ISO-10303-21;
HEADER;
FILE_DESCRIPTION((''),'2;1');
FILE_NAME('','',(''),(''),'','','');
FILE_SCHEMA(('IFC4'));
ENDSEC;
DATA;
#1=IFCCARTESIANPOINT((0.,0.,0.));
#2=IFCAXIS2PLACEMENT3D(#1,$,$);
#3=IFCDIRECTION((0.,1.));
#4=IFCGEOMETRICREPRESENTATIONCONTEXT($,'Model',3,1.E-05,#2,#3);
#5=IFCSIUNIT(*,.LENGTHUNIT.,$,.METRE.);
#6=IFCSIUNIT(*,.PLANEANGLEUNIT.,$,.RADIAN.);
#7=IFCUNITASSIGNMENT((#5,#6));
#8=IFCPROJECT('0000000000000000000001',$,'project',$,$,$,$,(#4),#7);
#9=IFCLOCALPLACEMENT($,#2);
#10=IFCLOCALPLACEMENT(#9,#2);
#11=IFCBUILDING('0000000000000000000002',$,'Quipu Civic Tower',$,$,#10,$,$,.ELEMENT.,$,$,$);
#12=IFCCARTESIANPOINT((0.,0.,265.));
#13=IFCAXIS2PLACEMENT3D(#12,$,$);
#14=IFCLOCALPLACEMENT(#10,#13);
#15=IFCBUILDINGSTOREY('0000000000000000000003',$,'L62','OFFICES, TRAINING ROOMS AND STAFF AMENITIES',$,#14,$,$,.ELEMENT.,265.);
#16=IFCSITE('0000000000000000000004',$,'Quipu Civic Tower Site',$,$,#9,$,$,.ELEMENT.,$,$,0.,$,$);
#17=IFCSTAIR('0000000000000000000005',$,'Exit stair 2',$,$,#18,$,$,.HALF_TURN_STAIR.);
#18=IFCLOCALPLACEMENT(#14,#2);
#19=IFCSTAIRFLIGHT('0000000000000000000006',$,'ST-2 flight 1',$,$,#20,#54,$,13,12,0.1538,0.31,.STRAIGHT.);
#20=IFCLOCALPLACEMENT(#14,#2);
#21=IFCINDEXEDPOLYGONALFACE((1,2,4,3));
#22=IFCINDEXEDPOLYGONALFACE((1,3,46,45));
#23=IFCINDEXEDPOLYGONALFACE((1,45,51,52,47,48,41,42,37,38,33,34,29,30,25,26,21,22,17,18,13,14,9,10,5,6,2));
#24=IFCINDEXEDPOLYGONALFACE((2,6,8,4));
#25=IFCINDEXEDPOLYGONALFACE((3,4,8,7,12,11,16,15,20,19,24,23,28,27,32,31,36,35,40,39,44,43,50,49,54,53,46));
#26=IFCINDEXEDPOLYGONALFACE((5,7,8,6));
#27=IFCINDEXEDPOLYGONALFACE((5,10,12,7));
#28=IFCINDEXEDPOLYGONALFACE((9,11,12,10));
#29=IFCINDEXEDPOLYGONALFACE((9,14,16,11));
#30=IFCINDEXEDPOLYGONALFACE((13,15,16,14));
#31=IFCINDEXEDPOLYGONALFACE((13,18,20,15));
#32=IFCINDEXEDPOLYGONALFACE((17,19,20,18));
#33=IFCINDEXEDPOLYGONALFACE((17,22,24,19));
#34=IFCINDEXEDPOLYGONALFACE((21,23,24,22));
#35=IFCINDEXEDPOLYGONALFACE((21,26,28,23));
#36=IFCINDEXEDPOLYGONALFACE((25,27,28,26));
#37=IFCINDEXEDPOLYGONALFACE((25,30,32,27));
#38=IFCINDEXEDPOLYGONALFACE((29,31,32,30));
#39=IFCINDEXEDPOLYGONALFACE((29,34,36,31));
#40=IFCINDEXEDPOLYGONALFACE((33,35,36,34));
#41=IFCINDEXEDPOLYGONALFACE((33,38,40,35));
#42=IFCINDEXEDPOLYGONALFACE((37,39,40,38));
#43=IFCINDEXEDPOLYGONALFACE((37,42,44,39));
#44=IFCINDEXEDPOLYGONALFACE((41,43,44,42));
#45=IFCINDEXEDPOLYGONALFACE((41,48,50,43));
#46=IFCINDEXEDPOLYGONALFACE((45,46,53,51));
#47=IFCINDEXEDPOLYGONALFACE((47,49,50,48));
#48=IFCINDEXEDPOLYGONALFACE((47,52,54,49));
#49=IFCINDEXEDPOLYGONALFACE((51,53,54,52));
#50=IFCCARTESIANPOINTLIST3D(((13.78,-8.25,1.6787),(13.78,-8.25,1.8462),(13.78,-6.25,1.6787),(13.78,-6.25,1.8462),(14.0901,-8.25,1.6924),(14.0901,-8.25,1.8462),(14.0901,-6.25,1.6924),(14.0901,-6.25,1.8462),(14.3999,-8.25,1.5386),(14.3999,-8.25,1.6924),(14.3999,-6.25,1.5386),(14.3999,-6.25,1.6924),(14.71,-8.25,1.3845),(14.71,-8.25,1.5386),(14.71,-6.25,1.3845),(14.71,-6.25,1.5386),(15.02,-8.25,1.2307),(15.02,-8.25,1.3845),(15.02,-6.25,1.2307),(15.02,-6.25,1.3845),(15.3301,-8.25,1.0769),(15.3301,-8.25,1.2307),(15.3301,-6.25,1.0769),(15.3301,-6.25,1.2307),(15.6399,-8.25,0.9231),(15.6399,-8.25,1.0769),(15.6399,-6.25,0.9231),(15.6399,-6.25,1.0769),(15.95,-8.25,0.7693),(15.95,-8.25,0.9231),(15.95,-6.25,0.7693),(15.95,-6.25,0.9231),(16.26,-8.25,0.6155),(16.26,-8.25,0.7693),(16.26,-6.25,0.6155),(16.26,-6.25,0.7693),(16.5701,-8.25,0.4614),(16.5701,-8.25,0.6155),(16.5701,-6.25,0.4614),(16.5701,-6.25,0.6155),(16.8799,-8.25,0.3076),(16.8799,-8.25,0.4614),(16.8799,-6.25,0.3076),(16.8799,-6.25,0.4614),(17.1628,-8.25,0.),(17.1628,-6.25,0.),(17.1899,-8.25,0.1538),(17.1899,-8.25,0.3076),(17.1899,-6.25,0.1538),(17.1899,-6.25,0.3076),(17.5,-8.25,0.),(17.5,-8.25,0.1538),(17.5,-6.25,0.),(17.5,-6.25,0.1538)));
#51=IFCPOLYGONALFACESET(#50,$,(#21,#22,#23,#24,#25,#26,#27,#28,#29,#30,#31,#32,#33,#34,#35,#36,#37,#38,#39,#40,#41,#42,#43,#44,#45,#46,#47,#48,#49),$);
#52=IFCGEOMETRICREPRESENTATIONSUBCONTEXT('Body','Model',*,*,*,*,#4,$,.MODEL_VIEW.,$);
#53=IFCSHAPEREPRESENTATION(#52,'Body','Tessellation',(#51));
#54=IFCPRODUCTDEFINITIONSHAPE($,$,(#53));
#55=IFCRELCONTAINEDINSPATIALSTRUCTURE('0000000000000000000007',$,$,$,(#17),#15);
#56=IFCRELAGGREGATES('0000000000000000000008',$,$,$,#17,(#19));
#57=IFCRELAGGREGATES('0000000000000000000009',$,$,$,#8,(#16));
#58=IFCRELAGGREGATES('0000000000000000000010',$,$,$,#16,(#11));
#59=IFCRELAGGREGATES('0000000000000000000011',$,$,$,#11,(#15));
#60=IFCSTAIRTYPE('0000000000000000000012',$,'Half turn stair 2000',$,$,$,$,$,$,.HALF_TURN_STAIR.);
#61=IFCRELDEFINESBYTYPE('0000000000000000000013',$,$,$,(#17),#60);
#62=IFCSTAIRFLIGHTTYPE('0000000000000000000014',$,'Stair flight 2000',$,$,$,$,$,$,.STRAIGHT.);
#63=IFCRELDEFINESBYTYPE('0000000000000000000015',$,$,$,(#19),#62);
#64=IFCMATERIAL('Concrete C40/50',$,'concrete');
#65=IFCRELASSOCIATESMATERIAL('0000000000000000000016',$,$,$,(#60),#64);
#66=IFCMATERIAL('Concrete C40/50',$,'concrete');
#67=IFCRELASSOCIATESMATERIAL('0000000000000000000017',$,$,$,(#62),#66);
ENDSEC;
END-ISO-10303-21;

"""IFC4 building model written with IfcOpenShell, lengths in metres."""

from ifc_helpers import new_model, si_unit, direction, frame, origin, place, context, subcontext, project, spatial, polyline, outline, extrude, material, type_object, element, aggregate, save


model = new_model("IFC4")

# Units and contexts
model_context = context("Model", 3, precision=1e-05, world=origin(), true_north=direction((0.0, 1.0)))
body_context = subcontext(model_context, "Body", "Model", "MODEL_VIEW")
ifc_project = project(units=[si_unit("LENGTHUNIT", "METRE"), si_unit("PLANEANGLEUNIT", "RADIAN")], contexts=[model_context])

# Site, building, storey
site_placement = place(None, origin())
site = spatial("IfcSite", under=ifc_project, at=site_placement, Name="Quipu Civic Tower Site", CompositionType="ELEMENT", RefElevation=0.0)
building_placement = place(site_placement, origin())
building = spatial("IfcBuilding", under=site, at=building_placement, Name="Quipu Civic Tower", CompositionType="ELEMENT")
storey_placement = place(building_placement, frame((0.0, 0.0, 265.0)))
storey = spatial("IfcBuildingStorey", under=building, at=storey_placement, Name="L62", Description="OFFICES, TRAINING ROOMS AND STAFF AMENITIES", CompositionType="ELEMENT", Elevation=265.0)

# Stair, stair flight
ifc_material_1 = material(Name="Concrete C40/50", Category="concrete")
stair_type = type_object("IfcStairType", Name="Half turn stair 2000", PredefinedType="HALF_TURN_STAIR", material=ifc_material_1)
stair_placement = place(storey_placement, origin())
stair = element("IfcStair", 1, at=stair_placement, inside=storey, type_object=stair_type, Name="Exit stair 2", PredefinedType="HALF_TURN_STAIR")
ifc_material_2 = material(Name="Concrete C40/50", Category="concrete")
stair_flight_type = type_object("IfcStairFlightType", Name="Stair flight 2000", PredefinedType="STRAIGHT", material=ifc_material_2)
stair_flight_placement = place(storey_placement, frame((17.5, -7.25, 0.0), z_axis=(0.0, 0.0, 1.0), x_axis=(-1.0, 0.0, 0.0)))
stair_flight = element("IfcStairFlight", 2, at=stair_flight_placement, type_object=stair_flight_type, Name="ST-2 flight 1", NumberOfRisers=13, NumberOfTreads=12, PredefinedType="STRAIGHT", RiserHeight=0.1538, TreadLength=0.31, context=body_context, shape_type="SweptSolid", body=[
    extrude(outline(polyline([(0.0, 0.0), (0.0, 0.1538), (0.3101, 0.1538), (0.3101, 0.3076), (0.6201, 0.3076), (0.6201, 0.4614), (0.9299, 0.4614), (0.9299, 0.6155), (1.24, 0.6155), (1.24, 0.7693), (1.55, 0.7693), (1.55, 0.9231), (1.8601, 0.9231), (1.8601, 1.0769), (2.1699, 1.0769), (2.1699, 1.2307), (2.48, 1.2307), (2.48, 1.3845), (2.79, 1.3845), (2.79, 1.5386), (3.1001, 1.5386), (3.1001, 1.6924), (3.4099, 1.6924), (3.4099, 1.8462), (3.72, 1.8462), (3.72, 2.0), (3.72, 1.6787), (0.3372, 0.0), (0.0, 0.0)])), frame((0.0, 1.0, 0.0), z_axis=(0.0, -1.0, 0.0), x_axis=(1.0, 0.0, 0.0)), (0.0, 0.0, 1.0), 2.0),
])
aggregate(stair, [stair_flight])

save(model, "model.ifc")
